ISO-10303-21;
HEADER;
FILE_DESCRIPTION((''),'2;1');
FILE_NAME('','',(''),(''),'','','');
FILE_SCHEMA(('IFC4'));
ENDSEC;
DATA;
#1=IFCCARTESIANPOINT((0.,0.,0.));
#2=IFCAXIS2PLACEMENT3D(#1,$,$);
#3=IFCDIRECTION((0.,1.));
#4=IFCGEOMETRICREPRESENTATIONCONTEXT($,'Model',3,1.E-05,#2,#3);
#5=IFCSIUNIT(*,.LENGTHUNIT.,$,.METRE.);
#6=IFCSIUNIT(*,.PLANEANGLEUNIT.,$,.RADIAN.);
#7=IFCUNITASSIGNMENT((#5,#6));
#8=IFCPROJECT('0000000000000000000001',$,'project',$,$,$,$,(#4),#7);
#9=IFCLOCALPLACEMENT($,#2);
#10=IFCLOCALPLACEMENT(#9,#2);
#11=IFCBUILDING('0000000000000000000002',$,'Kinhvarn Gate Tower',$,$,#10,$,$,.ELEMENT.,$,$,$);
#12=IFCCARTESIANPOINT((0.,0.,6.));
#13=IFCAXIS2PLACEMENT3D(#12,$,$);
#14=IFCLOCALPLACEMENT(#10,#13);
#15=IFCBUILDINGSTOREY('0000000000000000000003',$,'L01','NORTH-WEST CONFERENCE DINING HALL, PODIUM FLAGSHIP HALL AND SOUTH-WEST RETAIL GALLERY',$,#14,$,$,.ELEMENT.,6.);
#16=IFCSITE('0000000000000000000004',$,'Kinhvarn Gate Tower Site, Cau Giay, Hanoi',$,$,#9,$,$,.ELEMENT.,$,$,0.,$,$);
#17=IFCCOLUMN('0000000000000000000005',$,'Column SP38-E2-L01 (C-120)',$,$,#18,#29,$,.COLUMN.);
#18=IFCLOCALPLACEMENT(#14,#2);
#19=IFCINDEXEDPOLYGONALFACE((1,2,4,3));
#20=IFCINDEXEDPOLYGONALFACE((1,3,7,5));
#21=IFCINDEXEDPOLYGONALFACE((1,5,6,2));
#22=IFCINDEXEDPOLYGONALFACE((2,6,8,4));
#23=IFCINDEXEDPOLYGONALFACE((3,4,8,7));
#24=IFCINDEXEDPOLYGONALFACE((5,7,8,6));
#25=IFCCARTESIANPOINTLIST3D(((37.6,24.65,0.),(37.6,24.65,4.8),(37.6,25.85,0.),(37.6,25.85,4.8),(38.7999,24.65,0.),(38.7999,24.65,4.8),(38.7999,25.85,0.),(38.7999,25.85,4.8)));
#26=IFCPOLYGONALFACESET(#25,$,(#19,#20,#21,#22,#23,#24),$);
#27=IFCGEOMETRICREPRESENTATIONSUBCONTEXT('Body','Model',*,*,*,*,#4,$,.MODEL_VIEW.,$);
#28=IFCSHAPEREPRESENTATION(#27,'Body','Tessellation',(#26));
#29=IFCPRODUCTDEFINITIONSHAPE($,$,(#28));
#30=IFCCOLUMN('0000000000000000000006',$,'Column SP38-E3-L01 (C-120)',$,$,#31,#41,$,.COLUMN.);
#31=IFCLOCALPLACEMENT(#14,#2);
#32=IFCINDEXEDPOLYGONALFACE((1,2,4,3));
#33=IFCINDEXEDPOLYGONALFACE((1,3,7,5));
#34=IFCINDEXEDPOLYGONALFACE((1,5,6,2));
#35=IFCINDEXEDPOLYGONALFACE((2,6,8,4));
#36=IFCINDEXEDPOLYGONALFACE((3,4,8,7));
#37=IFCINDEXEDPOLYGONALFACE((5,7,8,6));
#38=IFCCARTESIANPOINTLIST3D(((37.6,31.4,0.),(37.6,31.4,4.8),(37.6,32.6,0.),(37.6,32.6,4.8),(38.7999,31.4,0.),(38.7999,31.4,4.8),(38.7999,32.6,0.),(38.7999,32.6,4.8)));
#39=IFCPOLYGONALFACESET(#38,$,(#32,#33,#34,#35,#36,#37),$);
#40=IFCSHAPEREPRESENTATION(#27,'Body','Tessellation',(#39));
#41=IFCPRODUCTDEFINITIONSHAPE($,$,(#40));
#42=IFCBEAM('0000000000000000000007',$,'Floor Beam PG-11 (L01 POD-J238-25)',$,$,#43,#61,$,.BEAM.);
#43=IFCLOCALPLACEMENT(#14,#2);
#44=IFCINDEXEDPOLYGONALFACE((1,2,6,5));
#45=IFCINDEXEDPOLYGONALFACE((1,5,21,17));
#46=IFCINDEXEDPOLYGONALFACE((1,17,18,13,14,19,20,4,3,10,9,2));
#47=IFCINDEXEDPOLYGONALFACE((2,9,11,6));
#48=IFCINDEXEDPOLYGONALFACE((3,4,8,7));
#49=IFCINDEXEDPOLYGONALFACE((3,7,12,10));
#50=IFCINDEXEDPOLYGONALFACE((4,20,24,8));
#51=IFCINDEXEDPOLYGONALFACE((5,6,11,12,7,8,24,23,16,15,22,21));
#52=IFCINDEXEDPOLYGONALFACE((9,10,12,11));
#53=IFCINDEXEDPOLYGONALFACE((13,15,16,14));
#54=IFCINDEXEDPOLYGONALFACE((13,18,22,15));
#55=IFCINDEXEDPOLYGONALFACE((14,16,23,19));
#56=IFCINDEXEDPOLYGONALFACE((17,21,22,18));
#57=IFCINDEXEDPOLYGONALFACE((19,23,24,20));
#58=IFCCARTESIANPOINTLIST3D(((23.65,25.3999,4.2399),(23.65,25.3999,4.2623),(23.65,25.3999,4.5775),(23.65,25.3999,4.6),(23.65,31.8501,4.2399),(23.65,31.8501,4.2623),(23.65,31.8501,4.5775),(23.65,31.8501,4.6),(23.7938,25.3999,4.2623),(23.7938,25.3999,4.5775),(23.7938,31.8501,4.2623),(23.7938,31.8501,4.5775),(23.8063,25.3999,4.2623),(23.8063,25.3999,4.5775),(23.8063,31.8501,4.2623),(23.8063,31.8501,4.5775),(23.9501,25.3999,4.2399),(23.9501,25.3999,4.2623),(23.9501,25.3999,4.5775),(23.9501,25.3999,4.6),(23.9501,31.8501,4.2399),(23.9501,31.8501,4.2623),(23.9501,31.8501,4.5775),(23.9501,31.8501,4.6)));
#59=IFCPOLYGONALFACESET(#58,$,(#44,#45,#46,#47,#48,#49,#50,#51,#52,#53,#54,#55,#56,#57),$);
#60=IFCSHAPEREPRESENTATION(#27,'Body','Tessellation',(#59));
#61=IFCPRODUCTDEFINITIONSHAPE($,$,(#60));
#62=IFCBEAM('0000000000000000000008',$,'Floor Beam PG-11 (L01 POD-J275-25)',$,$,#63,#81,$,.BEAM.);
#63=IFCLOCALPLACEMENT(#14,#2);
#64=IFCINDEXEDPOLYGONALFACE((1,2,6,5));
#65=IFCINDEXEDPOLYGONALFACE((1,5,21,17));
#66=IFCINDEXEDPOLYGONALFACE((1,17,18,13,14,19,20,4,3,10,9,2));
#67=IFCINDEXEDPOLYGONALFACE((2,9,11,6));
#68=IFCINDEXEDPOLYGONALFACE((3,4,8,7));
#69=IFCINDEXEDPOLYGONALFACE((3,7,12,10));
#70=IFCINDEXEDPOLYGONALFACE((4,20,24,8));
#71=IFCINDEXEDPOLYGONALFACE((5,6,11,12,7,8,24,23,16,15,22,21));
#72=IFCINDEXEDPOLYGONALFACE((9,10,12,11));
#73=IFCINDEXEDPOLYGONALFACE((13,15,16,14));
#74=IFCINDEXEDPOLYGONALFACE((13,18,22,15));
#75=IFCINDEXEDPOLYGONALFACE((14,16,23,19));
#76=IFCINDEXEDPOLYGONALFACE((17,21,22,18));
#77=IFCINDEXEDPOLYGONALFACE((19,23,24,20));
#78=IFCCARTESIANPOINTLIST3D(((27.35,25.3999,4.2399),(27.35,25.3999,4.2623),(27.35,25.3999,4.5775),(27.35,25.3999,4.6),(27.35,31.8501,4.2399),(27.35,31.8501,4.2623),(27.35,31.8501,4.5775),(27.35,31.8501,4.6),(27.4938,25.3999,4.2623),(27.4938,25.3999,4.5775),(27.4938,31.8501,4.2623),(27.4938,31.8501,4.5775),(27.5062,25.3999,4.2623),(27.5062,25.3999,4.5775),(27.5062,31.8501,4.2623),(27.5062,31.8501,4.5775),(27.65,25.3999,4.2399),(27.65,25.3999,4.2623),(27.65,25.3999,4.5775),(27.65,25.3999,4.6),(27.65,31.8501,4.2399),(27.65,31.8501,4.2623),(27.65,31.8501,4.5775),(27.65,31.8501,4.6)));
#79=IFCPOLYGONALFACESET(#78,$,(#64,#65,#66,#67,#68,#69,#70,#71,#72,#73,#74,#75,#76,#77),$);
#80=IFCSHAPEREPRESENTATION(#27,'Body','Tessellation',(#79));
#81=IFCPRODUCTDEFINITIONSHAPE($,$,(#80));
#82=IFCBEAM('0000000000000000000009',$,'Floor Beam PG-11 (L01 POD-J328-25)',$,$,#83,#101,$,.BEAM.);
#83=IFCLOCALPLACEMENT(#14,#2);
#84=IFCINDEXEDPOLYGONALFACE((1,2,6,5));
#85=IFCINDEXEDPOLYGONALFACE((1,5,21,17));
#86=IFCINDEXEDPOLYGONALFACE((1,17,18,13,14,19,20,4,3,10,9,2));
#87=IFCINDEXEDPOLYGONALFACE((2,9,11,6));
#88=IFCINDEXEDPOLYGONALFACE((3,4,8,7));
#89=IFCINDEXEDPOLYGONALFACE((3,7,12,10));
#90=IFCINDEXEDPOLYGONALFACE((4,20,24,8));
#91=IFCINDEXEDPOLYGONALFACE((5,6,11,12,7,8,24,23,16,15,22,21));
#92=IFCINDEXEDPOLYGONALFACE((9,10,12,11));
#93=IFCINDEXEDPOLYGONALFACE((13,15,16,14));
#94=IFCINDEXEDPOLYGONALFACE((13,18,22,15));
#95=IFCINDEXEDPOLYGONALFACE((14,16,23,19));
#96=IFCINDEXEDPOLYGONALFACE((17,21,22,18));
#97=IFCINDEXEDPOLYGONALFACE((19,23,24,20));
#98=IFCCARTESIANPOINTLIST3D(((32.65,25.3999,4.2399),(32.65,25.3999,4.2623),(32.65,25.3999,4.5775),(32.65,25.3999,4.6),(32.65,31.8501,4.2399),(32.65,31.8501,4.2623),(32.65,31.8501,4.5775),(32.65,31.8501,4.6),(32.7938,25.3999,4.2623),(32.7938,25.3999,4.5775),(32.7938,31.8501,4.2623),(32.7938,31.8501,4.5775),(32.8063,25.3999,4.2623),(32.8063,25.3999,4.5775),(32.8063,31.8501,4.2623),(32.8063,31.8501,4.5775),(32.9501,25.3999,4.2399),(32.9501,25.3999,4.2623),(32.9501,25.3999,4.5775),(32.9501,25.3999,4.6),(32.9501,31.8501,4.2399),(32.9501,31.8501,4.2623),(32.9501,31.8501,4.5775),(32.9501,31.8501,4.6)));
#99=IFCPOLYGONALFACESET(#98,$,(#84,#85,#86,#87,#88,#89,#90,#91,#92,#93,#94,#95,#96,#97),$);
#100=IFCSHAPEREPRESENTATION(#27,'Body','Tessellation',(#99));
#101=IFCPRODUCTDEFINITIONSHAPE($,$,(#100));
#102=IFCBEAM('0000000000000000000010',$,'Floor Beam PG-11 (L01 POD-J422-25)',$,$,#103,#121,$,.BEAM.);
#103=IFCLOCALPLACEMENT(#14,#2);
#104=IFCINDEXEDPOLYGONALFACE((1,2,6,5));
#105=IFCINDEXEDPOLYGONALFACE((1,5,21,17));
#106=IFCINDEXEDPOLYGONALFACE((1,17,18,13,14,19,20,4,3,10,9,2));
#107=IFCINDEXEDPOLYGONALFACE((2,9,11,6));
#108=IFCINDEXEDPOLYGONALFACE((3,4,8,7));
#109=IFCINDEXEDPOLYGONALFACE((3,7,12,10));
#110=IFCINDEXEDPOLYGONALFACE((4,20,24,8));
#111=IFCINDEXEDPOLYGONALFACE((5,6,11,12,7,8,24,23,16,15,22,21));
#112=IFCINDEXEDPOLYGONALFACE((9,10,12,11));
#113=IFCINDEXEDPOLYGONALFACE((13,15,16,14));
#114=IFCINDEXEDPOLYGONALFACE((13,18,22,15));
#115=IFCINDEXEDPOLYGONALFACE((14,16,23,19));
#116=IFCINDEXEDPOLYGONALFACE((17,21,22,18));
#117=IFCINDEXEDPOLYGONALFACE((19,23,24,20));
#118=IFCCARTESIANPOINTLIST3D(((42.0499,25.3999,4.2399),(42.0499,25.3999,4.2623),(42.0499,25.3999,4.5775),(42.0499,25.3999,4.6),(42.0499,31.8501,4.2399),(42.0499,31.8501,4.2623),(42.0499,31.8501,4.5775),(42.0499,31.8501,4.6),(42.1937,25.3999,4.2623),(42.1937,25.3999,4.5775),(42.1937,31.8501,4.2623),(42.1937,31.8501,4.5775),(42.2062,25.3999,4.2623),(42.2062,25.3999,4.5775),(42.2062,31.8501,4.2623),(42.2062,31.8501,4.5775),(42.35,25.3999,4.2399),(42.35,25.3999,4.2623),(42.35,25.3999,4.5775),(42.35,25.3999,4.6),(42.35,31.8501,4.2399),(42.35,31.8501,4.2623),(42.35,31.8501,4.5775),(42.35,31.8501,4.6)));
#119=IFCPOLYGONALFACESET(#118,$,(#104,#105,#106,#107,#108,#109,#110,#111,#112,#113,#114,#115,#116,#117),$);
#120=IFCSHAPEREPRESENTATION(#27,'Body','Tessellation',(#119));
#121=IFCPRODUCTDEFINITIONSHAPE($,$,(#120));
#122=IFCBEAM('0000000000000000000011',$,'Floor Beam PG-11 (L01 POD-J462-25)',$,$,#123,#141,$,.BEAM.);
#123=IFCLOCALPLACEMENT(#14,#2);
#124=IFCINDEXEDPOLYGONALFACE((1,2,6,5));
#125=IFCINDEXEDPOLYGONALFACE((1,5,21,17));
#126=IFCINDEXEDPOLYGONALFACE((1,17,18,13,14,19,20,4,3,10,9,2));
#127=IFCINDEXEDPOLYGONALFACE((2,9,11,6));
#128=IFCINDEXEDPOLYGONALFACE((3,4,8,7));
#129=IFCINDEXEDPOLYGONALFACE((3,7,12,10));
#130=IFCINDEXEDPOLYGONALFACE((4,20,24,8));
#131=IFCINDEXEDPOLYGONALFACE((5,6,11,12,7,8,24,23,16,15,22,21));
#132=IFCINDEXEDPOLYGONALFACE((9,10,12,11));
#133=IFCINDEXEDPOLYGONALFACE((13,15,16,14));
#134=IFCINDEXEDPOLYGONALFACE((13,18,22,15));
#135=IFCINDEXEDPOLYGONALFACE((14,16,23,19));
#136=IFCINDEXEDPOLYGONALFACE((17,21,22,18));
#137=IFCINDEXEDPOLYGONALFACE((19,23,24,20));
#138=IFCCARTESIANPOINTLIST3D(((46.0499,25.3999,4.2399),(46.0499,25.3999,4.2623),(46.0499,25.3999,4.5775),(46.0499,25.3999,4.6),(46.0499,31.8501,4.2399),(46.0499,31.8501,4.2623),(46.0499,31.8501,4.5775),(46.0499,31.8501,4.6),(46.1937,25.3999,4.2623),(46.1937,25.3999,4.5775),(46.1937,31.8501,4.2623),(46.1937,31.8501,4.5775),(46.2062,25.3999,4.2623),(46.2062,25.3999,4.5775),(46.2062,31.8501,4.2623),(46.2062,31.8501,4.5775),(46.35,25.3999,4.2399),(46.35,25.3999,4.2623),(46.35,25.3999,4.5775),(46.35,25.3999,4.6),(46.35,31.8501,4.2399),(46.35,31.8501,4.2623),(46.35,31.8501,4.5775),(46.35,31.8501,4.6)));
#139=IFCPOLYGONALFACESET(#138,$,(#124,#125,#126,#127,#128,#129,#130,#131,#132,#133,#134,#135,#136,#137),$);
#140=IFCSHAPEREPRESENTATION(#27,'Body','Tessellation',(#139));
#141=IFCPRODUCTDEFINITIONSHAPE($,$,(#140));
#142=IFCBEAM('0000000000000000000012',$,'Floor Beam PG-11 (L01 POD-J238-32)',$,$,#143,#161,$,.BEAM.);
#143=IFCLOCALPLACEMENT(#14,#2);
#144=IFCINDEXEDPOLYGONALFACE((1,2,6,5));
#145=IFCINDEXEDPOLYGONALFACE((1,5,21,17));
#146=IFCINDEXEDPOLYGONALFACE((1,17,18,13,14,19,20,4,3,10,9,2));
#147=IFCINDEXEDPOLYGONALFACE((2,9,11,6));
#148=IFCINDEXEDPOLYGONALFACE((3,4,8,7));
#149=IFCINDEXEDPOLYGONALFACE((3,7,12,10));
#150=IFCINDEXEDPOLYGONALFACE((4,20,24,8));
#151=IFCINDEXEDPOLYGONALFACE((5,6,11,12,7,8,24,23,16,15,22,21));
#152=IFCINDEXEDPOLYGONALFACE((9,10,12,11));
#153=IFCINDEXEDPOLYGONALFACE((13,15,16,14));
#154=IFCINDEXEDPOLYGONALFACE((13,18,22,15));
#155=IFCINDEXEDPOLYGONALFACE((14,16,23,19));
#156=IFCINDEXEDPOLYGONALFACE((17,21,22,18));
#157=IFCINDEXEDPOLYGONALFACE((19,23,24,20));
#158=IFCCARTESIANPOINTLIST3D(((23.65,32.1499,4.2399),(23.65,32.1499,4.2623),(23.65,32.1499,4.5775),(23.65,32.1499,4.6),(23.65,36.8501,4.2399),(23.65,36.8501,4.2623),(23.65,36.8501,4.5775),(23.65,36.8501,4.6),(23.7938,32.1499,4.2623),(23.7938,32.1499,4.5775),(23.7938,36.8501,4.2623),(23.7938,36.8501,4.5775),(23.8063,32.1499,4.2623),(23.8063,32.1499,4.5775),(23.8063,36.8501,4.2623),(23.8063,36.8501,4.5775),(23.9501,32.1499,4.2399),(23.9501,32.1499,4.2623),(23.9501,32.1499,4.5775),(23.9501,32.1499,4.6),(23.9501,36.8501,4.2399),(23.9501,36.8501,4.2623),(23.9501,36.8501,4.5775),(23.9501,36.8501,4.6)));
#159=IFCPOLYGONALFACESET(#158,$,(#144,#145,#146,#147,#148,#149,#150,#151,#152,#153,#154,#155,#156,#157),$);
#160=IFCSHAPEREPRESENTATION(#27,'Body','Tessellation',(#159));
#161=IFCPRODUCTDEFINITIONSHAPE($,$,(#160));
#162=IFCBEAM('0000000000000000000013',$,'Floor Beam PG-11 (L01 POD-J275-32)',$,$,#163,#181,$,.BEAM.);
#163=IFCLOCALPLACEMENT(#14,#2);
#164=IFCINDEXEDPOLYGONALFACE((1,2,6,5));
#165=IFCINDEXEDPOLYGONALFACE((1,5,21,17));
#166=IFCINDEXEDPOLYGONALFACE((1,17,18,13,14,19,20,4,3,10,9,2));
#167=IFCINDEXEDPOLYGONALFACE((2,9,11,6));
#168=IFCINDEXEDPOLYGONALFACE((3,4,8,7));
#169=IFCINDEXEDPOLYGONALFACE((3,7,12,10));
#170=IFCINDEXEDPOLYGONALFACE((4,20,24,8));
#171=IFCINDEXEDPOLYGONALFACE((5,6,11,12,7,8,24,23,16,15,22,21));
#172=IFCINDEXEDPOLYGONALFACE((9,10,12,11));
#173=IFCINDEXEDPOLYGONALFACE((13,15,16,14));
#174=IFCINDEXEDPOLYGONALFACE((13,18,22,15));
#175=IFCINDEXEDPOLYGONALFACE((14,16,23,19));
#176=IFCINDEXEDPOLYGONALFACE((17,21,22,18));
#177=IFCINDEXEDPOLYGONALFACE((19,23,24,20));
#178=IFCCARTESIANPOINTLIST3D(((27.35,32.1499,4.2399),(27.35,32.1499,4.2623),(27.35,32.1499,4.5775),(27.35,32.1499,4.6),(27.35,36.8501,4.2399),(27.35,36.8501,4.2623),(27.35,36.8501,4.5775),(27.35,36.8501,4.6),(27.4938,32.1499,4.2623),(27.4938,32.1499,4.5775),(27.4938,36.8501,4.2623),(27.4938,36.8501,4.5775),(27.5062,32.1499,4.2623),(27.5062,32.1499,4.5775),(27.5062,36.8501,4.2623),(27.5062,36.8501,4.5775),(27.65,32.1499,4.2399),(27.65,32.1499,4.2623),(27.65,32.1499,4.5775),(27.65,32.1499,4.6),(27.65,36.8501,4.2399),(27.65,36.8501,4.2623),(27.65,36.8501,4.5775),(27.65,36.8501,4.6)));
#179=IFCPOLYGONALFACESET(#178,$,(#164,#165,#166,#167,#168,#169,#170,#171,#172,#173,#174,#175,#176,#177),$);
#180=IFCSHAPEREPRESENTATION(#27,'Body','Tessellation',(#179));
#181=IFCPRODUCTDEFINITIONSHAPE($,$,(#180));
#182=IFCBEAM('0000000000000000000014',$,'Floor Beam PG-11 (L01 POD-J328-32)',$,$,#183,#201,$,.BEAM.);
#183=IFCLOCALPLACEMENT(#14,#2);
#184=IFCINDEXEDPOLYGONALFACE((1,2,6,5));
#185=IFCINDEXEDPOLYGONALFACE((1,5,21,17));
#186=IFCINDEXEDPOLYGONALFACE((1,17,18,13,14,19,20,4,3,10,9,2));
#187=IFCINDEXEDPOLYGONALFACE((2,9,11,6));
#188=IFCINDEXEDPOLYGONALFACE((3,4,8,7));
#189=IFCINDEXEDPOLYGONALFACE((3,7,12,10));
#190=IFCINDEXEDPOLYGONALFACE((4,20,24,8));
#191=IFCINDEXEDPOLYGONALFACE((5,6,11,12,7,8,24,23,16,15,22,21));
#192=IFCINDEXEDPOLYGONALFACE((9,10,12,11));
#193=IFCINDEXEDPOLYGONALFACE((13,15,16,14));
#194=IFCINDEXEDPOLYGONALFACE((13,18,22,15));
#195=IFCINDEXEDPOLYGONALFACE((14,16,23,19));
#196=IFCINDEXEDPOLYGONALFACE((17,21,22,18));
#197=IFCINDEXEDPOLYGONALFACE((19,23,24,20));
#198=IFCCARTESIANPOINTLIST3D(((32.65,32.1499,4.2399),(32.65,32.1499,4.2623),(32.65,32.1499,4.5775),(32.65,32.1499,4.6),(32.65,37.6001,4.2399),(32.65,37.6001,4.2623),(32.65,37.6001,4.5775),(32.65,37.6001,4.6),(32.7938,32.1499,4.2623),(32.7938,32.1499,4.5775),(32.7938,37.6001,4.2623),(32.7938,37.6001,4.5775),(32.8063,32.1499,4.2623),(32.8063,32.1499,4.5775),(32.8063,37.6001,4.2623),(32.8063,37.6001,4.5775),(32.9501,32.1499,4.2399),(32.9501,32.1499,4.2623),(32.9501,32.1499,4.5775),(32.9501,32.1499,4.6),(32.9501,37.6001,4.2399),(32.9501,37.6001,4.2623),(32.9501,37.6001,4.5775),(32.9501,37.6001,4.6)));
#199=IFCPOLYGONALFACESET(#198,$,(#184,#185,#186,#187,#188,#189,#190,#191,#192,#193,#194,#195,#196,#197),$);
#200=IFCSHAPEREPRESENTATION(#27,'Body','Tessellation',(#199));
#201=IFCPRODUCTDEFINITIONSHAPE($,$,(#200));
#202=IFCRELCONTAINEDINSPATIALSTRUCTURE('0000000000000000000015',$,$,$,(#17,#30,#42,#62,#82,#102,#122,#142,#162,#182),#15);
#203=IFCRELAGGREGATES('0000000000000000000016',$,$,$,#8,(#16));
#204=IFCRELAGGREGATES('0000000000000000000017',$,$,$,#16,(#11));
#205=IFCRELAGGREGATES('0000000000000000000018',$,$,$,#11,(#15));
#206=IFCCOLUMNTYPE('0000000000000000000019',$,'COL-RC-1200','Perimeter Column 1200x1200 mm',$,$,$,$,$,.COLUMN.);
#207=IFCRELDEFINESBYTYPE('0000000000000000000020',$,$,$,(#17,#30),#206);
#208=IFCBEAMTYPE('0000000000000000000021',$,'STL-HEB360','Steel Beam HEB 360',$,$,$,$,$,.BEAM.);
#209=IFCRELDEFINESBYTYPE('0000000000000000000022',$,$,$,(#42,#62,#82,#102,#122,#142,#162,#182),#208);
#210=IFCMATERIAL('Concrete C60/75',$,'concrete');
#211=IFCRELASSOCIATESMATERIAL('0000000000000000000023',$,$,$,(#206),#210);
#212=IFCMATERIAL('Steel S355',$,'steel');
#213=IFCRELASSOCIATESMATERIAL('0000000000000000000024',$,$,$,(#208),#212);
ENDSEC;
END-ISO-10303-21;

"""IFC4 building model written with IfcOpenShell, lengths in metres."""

from ifc_helpers import new_model, si_unit, direction, frame, origin, origin_2d, place, context, subcontext, project, spatial, rectangle, i_section, extrude, material, material_profile, profile_set, type_object, element, save


model = new_model("IFC4")

# Units and contexts
model_context = context("Model", 3, precision=1e-05, world=origin(), true_north=direction((0.0, 1.0)))
body_context = subcontext(model_context, "Body", "Model", "MODEL_VIEW")
ifc_project = project(units=[si_unit("LENGTHUNIT", "METRE"), si_unit("PLANEANGLEUNIT", "RADIAN")], contexts=[model_context])

# Site, building, storey
site_placement = place(None, origin())
site = spatial("IfcSite", under=ifc_project, at=site_placement, Name="Kinhvarn Gate Tower Site, Cau Giay, Hanoi", CompositionType="ELEMENT", RefElevation=0.0)
building_placement = place(site_placement, origin())
building = spatial("IfcBuilding", under=site, at=building_placement, Name="Kinhvarn Gate Tower", CompositionType="ELEMENT")
storey_placement = place(building_placement, frame((0.0, 0.0, 6.0)))
storey = spatial("IfcBuildingStorey", under=building, at=storey_placement, Name="L01", Description="NORTH-WEST CONFERENCE DINING HALL, PODIUM FLAGSHIP HALL AND SOUTH-WEST RETAIL GALLERY", CompositionType="ELEMENT", Elevation=6.0)

# Columns
ifc_material_1 = material(Name="Concrete C60/75", Category="concrete")
ifc_material_profile_1 = material_profile(ifc_material_1, rectangle(XDim=1.2, YDim=1.2, at=origin_2d()), Name="RC 1200x1200")
ifc_profile_set_1 = profile_set([ifc_material_profile_1], Name="Concrete C60/75")
column_type = type_object("IfcColumnType", Name="COL-RC-1200", Description="Perimeter Column 1200x1200 mm", PredefinedType="COLUMN", material=ifc_profile_set_1)
for number, where, z_axis, x_axis, name in (
    (1, (38.2, 25.25, 0.0), (0.0, 0.0, 1.0), (1.0, 0.0, 0.0), "Column SP38-E2-L01 (C-120)"),
    (2, (38.2, 32.0, 0.0), (0.0, 0.0, 1.0), (1.0, 0.0, 0.0), "Column SP38-E3-L01 (C-120)"),
):
    element("IfcColumn", number, at=place(storey_placement, frame(where, z_axis=z_axis, x_axis=x_axis)), inside=storey, type_object=column_type, Name=name, PredefinedType="COLUMN", context=body_context, shape_type="SweptSolid", body=[
        extrude(rectangle(XDim=1.2, YDim=1.2, at=origin_2d()), origin(), (0.0, 0.0, 1.0), 4.8),
    ])

# Beams
ifc_material_2 = material(Name="Steel S355", Category="steel")
ifc_material_profile_2 = material_profile(ifc_material_2, i_section(OverallWidth=0.3, OverallDepth=0.3601, WebThickness=0.0125, FlangeThickness=0.0225, at=origin_2d()), Name="HEB 360")
ifc_profile_set_2 = profile_set([ifc_material_profile_2], Name="Steel S355")
beam_type_1 = type_object("IfcBeamType", Name="STL-HEB360", Description="Steel Beam HEB 360", PredefinedType="BEAM", material=ifc_profile_set_2)
for number, where, z_axis, x_axis, name in (
    (3, (23.8, 25.3999, 4.4199), (0.0, 1.0, 0.0), (-1.0, 0.0, 0.0), "Floor Beam PG-11 (L01 POD-J238-25)"),
    (4, (27.5, 25.3999, 4.4199), (0.0, 1.0, 0.0), (-1.0, 0.0, 0.0), "Floor Beam PG-11 (L01 POD-J275-25)"),
    (5, (32.8, 25.3999, 4.4199), (0.0, 1.0, 0.0), (-1.0, 0.0, 0.0), "Floor Beam PG-11 (L01 POD-J328-25)"),
    (6, (42.2, 25.3999, 4.4199), (0.0, 1.0, 0.0), (-1.0, 0.0, 0.0), "Floor Beam PG-11 (L01 POD-J422-25)"),
    (7, (46.2, 25.3999, 4.4199), (0.0, 1.0, 0.0), (-1.0, 0.0, 0.0), "Floor Beam PG-11 (L01 POD-J462-25)"),
):
    element("IfcBeam", number, at=place(storey_placement, frame(where, z_axis=z_axis, x_axis=x_axis)), inside=storey, type_object=beam_type_1, Name=name, PredefinedType="BEAM", context=body_context, shape_type="SweptSolid", body=[
        extrude(i_section(OverallWidth=0.3, OverallDepth=0.3601, WebThickness=0.0125, FlangeThickness=0.0225, at=origin_2d()), origin(), (0.0, 0.0, 1.0), 6.4502),
    ])
for number, where, z_axis, x_axis, name in (
    (8, (23.8, 32.1499, 4.4199), (0.0, 1.0, 0.0), (-1.0, 0.0, 0.0), "Floor Beam PG-11 (L01 POD-J238-32)"),
    (9, (27.5, 32.1499, 4.4199), (0.0, 1.0, 0.0), (-1.0, 0.0, 0.0), "Floor Beam PG-11 (L01 POD-J275-32)"),
):
    element("IfcBeam", number, at=place(storey_placement, frame(where, z_axis=z_axis, x_axis=x_axis)), inside=storey, type_object=beam_type_1, Name=name, PredefinedType="BEAM", context=body_context, shape_type="SweptSolid", body=[
        extrude(i_section(OverallWidth=0.3, OverallDepth=0.3601, WebThickness=0.0125, FlangeThickness=0.0225, at=origin_2d()), origin(), (0.0, 0.0, 1.0), 4.7002),
    ])
beam_1_placement = place(storey_placement, frame((32.8, 32.1499, 4.4199), z_axis=(0.0, 1.0, 0.0), x_axis=(-1.0, 0.0, 0.0)))
element("IfcBeam", 10, at=beam_1_placement, inside=storey, type_object=beam_type_1, Name="Floor Beam PG-11 (L01 POD-J328-32)", PredefinedType="BEAM", context=body_context, shape_type="SweptSolid", body=[
    extrude(i_section(OverallWidth=0.3, OverallDepth=0.3601, WebThickness=0.0125, FlangeThickness=0.0225, at=origin_2d()), origin(), (0.0, 0.0, 1.0), 5.4502),
])

save(model, "model.ifc")
